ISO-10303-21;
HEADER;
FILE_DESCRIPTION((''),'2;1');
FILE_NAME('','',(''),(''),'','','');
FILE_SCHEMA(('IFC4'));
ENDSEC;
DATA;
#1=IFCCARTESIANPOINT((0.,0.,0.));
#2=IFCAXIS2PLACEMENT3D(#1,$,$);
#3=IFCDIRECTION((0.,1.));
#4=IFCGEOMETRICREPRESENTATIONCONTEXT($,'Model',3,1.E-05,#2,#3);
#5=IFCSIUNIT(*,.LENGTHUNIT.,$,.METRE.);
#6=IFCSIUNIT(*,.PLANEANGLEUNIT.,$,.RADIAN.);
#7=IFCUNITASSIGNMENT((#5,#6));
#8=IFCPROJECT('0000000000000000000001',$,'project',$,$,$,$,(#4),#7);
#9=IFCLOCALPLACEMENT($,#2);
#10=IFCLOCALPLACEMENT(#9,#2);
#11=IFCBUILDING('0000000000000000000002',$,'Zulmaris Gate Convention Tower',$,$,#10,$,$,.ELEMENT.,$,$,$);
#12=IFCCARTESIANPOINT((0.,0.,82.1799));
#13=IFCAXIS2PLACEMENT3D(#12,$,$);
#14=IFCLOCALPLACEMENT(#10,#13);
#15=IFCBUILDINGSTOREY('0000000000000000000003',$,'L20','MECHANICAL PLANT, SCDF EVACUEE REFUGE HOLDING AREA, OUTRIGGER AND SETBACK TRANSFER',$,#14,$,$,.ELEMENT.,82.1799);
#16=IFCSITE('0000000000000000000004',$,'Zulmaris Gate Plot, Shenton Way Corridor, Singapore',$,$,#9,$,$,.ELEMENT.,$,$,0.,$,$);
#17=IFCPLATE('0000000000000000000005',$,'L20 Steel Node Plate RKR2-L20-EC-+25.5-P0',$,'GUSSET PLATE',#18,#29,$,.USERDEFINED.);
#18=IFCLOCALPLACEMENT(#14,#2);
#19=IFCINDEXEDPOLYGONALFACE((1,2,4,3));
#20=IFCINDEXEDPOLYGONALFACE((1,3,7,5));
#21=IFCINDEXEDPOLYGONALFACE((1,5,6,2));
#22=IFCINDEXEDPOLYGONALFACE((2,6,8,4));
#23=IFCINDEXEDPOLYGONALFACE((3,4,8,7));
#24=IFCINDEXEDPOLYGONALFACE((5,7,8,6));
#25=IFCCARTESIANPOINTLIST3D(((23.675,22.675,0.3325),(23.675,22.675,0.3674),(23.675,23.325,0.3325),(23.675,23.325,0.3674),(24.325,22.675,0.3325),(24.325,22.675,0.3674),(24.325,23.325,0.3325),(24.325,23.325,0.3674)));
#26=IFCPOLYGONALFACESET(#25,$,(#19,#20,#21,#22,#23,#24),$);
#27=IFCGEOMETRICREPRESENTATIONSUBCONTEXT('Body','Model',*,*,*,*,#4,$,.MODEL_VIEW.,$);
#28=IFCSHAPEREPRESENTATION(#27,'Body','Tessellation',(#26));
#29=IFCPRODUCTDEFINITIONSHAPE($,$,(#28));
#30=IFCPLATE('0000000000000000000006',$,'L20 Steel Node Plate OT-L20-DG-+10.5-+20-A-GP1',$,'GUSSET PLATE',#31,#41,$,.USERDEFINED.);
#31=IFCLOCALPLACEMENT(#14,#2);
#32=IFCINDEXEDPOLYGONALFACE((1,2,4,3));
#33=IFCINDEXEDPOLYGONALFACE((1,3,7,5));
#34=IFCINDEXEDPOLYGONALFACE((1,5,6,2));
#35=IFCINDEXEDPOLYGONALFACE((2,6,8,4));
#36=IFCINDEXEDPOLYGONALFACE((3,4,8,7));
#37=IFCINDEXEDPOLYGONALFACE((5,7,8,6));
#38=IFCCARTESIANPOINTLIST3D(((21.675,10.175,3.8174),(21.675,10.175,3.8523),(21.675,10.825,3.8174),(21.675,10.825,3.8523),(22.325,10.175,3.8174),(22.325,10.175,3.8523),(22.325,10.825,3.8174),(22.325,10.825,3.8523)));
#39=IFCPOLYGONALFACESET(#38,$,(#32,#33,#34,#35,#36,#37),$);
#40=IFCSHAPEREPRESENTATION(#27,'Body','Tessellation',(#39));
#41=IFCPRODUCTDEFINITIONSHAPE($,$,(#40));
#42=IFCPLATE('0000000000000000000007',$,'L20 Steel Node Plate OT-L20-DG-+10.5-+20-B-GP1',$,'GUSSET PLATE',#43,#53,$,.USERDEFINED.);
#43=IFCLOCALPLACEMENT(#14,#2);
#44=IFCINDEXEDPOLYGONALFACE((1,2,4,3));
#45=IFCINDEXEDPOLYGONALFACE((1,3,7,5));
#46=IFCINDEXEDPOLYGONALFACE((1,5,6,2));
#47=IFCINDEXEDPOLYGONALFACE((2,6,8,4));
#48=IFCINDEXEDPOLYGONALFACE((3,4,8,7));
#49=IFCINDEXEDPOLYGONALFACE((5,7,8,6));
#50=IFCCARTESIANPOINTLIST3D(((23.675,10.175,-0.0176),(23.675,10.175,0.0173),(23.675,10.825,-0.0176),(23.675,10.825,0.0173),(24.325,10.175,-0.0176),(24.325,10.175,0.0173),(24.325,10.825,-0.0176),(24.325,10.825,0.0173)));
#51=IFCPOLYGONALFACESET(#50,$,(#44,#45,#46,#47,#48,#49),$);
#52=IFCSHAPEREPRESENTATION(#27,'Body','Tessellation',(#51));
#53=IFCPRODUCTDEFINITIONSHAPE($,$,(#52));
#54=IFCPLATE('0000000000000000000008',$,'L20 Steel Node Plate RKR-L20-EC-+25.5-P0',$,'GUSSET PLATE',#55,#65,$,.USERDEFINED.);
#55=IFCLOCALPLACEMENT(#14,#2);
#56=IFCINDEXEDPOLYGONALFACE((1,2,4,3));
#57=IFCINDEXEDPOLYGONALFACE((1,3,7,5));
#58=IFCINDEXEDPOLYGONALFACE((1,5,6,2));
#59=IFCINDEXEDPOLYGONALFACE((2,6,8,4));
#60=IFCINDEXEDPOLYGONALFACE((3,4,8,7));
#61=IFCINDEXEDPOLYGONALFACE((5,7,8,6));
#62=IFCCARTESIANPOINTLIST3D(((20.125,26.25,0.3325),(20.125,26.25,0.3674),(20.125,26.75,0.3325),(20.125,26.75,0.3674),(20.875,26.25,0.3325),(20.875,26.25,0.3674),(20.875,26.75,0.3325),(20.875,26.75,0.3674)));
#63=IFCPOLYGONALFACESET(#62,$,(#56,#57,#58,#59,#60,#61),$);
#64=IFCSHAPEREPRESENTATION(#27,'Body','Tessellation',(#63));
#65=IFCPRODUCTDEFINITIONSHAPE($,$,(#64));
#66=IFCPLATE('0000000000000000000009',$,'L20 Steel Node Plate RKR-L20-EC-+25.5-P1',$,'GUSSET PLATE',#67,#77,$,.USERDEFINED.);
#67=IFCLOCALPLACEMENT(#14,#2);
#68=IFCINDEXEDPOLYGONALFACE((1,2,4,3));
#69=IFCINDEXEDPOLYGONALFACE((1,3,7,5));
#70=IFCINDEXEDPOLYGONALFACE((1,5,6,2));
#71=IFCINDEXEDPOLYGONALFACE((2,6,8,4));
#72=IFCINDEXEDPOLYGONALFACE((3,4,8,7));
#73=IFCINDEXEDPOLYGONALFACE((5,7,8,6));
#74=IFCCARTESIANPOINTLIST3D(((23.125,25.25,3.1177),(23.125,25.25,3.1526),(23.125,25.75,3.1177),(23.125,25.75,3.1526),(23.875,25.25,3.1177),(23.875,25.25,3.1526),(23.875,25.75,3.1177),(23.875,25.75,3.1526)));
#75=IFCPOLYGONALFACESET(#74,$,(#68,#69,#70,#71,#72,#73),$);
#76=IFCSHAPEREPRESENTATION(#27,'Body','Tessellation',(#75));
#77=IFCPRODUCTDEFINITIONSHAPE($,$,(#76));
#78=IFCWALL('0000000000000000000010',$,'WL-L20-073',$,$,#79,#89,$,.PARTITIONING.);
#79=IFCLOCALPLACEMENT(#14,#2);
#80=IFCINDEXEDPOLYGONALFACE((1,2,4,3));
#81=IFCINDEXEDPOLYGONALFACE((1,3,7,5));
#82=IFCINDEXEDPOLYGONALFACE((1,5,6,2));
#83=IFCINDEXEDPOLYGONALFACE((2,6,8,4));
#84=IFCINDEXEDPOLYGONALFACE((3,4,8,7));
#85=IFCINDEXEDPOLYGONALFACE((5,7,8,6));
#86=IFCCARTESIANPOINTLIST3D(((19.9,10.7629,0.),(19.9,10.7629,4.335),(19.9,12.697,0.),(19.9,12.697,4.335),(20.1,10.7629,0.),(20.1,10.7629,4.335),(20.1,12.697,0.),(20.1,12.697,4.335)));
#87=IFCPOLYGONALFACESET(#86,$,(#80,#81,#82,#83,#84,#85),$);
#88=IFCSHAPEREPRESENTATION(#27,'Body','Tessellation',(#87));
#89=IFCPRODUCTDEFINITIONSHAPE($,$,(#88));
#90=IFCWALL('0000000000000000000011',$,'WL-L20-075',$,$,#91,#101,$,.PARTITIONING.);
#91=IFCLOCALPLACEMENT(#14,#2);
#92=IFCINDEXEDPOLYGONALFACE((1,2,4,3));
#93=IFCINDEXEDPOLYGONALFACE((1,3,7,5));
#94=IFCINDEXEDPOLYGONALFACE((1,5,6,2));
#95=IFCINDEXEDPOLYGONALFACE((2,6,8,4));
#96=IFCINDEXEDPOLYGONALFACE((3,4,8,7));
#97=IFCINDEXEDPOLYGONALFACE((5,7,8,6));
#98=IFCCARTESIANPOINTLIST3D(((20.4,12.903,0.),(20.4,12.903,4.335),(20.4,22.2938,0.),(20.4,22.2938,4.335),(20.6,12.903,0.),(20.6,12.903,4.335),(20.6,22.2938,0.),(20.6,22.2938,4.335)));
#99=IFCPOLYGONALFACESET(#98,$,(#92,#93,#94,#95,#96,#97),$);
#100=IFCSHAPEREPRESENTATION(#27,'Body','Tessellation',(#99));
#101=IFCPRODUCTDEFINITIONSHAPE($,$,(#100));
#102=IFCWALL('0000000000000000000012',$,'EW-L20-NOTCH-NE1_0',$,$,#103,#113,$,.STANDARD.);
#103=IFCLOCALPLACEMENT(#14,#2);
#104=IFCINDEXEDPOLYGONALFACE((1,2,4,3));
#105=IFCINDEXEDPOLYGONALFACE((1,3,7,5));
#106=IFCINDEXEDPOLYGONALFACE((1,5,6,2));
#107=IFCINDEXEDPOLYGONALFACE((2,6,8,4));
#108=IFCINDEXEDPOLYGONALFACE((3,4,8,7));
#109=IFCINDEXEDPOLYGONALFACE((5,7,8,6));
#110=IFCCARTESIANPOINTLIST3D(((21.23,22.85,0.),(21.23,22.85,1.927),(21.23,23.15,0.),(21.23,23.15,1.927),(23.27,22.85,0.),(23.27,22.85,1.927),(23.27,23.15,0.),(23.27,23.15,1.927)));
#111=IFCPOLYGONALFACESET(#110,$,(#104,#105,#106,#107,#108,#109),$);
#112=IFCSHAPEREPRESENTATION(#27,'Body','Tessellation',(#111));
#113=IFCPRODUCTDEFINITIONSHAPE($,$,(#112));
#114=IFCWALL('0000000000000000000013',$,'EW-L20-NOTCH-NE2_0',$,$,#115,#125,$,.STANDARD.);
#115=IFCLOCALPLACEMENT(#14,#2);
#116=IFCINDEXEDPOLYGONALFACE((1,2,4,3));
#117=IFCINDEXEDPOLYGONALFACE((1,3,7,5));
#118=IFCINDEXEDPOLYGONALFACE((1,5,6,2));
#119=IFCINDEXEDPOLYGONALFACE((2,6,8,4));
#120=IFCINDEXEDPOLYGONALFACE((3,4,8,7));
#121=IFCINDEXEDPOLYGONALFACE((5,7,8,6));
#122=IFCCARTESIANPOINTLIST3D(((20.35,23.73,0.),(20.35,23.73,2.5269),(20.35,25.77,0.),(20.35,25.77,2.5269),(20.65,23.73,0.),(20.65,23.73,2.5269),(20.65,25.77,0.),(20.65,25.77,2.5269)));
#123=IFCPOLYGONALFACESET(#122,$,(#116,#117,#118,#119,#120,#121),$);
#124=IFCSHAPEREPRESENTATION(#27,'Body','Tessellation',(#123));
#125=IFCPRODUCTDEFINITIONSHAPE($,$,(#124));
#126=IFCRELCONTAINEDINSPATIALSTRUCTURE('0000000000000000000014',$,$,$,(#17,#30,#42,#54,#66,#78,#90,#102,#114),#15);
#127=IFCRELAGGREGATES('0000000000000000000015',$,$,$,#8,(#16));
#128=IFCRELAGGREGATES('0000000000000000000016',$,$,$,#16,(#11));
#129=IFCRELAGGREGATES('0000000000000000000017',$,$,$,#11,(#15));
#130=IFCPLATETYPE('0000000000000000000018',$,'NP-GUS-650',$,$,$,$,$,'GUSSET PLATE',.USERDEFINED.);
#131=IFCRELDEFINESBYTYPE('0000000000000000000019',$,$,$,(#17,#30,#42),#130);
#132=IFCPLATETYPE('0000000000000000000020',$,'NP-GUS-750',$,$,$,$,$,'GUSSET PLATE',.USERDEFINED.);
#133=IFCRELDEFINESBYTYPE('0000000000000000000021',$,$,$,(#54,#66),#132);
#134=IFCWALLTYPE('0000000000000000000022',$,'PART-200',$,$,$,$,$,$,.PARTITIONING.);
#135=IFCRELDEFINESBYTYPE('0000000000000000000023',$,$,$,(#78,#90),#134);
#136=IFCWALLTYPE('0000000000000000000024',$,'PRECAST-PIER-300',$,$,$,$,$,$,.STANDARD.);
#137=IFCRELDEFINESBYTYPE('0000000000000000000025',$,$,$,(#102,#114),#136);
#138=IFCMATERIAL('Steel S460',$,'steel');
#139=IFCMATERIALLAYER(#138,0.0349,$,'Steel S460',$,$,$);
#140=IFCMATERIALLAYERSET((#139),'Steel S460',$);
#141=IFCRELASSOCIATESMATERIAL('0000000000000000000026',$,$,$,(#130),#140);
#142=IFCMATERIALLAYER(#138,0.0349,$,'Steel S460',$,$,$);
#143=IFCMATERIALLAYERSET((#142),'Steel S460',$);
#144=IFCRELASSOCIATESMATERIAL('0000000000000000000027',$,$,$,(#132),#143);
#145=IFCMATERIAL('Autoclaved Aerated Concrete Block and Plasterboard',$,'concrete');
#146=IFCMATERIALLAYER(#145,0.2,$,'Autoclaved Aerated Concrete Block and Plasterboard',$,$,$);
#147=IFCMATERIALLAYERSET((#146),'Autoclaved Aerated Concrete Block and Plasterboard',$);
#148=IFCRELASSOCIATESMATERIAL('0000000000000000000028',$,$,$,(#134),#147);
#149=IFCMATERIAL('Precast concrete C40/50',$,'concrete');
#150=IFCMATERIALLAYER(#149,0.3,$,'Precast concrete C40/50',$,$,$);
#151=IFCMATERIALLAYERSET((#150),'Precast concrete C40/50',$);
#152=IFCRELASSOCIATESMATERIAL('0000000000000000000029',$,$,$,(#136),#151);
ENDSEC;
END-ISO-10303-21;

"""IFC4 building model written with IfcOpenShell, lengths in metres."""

from ifc_helpers import new_model, si_unit, direction, frame, frame_2d, origin, origin_2d, place, context, subcontext, project, spatial, rectangle, extrude, material, layer, layer_set, type_object, element, save


model = new_model("IFC4")

# Units and contexts
model_context = context("Model", 3, precision=1e-05, world=origin(), true_north=direction((0.0, 1.0)))
body_context = subcontext(model_context, "Body", "Model", "MODEL_VIEW")
ifc_project = project(units=[si_unit("LENGTHUNIT", "METRE"), si_unit("PLANEANGLEUNIT", "RADIAN")], contexts=[model_context])

# Site, building, storey
site_placement = place(None, origin())
site = spatial("IfcSite", under=ifc_project, at=site_placement, Name="Zulmaris Gate Plot, Shenton Way Corridor, Singapore", CompositionType="ELEMENT", RefElevation=0.0)
building_placement = place(site_placement, origin())
building = spatial("IfcBuilding", under=site, at=building_placement, Name="Zulmaris Gate Convention Tower", CompositionType="ELEMENT")
storey_placement = place(building_placement, frame((0.0, 0.0, 82.1799)))
storey = spatial("IfcBuildingStorey", under=building, at=storey_placement, Name="L20", Description="MECHANICAL PLANT, SCDF EVACUEE REFUGE HOLDING AREA, OUTRIGGER AND SETBACK TRANSFER", CompositionType="ELEMENT", Elevation=82.1799)

# Shared definitions
ifc_material_1 = material(Name="Steel S460", Category="steel")

# Plates
ifc_layer_1 = layer(ifc_material_1, 0.0349, Name="Steel S460")
ifc_layer_set_1 = layer_set([ifc_layer_1], Name="Steel S460")
plate_type_1 = type_object("IfcPlateType", Name="NP-GUS-650", ElementType="GUSSET PLATE", PredefinedType="USERDEFINED", material=ifc_layer_set_1)
for number, where, z_axis, x_axis, name in (
    (1, (24.0, 23.0, 0.3325), (0.0, 0.0, 1.0), (1.0, 0.0, 0.0), "L20 Steel Node Plate RKR2-L20-EC-+25.5-P0"),
    (2, (22.0, 10.5, 3.8174), (0.0, 0.0, 1.0), (1.0, 0.0, 0.0), "L20 Steel Node Plate OT-L20-DG-+10.5-+20-A-GP1"),
    (3, (24.0, 10.5, -0.0176), (0.0, 0.0, 1.0), (1.0, 0.0, 0.0), "L20 Steel Node Plate OT-L20-DG-+10.5-+20-B-GP1"),
):
    element("IfcPlate", number, at=place(storey_placement, frame(where, z_axis=z_axis, x_axis=x_axis)), inside=storey, type_object=plate_type_1, Name=name, ObjectType="GUSSET PLATE", PredefinedType="USERDEFINED", context=body_context, shape_type="SweptSolid", body=[
        extrude(rectangle(XDim=0.6499, YDim=0.6499, at=origin_2d()), origin(), (0.0, 0.0, 1.0), 0.0349),
    ])
ifc_layer_2 = layer(ifc_material_1, 0.0349, Name="Steel S460")
ifc_layer_set_2 = layer_set([ifc_layer_2], Name="Steel S460")
plate_type_2 = type_object("IfcPlateType", Name="NP-GUS-750", ElementType="GUSSET PLATE", PredefinedType="USERDEFINED", material=ifc_layer_set_2)
for number, where, z_axis, x_axis, name in (
    (4, (20.5, 26.5, 0.3325), (0.0, 0.0, 1.0), (1.0, 0.0, 0.0), "L20 Steel Node Plate RKR-L20-EC-+25.5-P0"),
    (5, (23.5, 25.5, 3.1177), (0.0, 0.0, 1.0), (1.0, 0.0, 0.0), "L20 Steel Node Plate RKR-L20-EC-+25.5-P1"),
):
    element("IfcPlate", number, at=place(storey_placement, frame(where, z_axis=z_axis, x_axis=x_axis)), inside=storey, type_object=plate_type_2, Name=name, ObjectType="GUSSET PLATE", PredefinedType="USERDEFINED", context=body_context, shape_type="SweptSolid", body=[
        extrude(rectangle(XDim=0.75, YDim=0.5, at=origin_2d()), origin(), (0.0, 0.0, 1.0), 0.0349),
    ])

# Walls
ifc_material_2 = material(Name="Autoclaved Aerated Concrete Block and Plasterboard", Category="concrete")
ifc_layer_3 = layer(ifc_material_2, 0.2, Name="Autoclaved Aerated Concrete Block and Plasterboard")
ifc_layer_set_3 = layer_set([ifc_layer_3], Name="Autoclaved Aerated Concrete Block and Plasterboard")
wall_type_1 = type_object("IfcWallType", Name="PART-200", PredefinedType="PARTITIONING", material=ifc_layer_set_3)
wall_1_placement = place(storey_placement, frame((20.0, 10.7629, 0.0), z_axis=(0.0, 0.0, 1.0), x_axis=(0.0, 1.0, 0.0)))
element("IfcWall", 6, at=wall_1_placement, inside=storey, type_object=wall_type_1, Name="WL-L20-073", PredefinedType="PARTITIONING", context=body_context, shape_type="SweptSolid", body=[
    extrude(rectangle(XDim=1.9341, YDim=0.2, at=frame_2d((0.967, 0.0))), origin(), (0.0, 0.0, 1.0), 4.335),
])
wall_2_placement = place(storey_placement, frame((20.5, 12.9031, 0.0), z_axis=(0.0, 0.0, 1.0), x_axis=(0.0, 1.0, 0.0)))
element("IfcWall", 7, at=wall_2_placement, inside=storey, type_object=wall_type_1, Name="WL-L20-075", PredefinedType="PARTITIONING", context=body_context, shape_type="SweptSolid", body=[
    extrude(rectangle(XDim=9.3909, YDim=0.2, at=frame_2d((4.6953, 0.0))), origin(), (0.0, 0.0, 1.0), 4.335),
])
ifc_material_3 = material(Name="Precast concrete C40/50", Category="concrete")
ifc_layer_4 = layer(ifc_material_3, 0.3, Name="Precast concrete C40/50")
ifc_layer_set_4 = layer_set([ifc_layer_4], Name="Precast concrete C40/50")
wall_type_2 = type_object("IfcWallType", Name="PRECAST-PIER-300", PredefinedType="STANDARD", material=ifc_layer_set_4)
wall_3_placement = place(storey_placement, frame((23.27, 23.0, 0.0), z_axis=(0.0, 0.0, 1.0), x_axis=(-1.0, 0.0, 0.0)))
element("IfcWall", 8, at=wall_3_placement, inside=storey, type_object=wall_type_2, Name="EW-L20-NOTCH-NE1_0", PredefinedType="STANDARD", context=body_context, shape_type="SweptSolid", body=[
    extrude(rectangle(XDim=2.04, YDim=0.3, at=frame_2d((1.02, 0.0))), origin(), (0.0, 0.0, 1.0), 1.927),
])
wall_4_placement = place(storey_placement, frame((20.5, 23.73, 0.0), z_axis=(0.0, 0.0, 1.0), x_axis=(0.0, 1.0, 0.0)))
element("IfcWall", 9, at=wall_4_placement, inside=storey, type_object=wall_type_2, Name="EW-L20-NOTCH-NE2_0", PredefinedType="STANDARD", context=body_context, shape_type="SweptSolid", body=[
    extrude(rectangle(XDim=2.04, YDim=0.3, at=frame_2d((1.02, 0.0))), origin(), (0.0, 0.0, 1.0), 2.5269),
])

save(model, "model.ifc")
